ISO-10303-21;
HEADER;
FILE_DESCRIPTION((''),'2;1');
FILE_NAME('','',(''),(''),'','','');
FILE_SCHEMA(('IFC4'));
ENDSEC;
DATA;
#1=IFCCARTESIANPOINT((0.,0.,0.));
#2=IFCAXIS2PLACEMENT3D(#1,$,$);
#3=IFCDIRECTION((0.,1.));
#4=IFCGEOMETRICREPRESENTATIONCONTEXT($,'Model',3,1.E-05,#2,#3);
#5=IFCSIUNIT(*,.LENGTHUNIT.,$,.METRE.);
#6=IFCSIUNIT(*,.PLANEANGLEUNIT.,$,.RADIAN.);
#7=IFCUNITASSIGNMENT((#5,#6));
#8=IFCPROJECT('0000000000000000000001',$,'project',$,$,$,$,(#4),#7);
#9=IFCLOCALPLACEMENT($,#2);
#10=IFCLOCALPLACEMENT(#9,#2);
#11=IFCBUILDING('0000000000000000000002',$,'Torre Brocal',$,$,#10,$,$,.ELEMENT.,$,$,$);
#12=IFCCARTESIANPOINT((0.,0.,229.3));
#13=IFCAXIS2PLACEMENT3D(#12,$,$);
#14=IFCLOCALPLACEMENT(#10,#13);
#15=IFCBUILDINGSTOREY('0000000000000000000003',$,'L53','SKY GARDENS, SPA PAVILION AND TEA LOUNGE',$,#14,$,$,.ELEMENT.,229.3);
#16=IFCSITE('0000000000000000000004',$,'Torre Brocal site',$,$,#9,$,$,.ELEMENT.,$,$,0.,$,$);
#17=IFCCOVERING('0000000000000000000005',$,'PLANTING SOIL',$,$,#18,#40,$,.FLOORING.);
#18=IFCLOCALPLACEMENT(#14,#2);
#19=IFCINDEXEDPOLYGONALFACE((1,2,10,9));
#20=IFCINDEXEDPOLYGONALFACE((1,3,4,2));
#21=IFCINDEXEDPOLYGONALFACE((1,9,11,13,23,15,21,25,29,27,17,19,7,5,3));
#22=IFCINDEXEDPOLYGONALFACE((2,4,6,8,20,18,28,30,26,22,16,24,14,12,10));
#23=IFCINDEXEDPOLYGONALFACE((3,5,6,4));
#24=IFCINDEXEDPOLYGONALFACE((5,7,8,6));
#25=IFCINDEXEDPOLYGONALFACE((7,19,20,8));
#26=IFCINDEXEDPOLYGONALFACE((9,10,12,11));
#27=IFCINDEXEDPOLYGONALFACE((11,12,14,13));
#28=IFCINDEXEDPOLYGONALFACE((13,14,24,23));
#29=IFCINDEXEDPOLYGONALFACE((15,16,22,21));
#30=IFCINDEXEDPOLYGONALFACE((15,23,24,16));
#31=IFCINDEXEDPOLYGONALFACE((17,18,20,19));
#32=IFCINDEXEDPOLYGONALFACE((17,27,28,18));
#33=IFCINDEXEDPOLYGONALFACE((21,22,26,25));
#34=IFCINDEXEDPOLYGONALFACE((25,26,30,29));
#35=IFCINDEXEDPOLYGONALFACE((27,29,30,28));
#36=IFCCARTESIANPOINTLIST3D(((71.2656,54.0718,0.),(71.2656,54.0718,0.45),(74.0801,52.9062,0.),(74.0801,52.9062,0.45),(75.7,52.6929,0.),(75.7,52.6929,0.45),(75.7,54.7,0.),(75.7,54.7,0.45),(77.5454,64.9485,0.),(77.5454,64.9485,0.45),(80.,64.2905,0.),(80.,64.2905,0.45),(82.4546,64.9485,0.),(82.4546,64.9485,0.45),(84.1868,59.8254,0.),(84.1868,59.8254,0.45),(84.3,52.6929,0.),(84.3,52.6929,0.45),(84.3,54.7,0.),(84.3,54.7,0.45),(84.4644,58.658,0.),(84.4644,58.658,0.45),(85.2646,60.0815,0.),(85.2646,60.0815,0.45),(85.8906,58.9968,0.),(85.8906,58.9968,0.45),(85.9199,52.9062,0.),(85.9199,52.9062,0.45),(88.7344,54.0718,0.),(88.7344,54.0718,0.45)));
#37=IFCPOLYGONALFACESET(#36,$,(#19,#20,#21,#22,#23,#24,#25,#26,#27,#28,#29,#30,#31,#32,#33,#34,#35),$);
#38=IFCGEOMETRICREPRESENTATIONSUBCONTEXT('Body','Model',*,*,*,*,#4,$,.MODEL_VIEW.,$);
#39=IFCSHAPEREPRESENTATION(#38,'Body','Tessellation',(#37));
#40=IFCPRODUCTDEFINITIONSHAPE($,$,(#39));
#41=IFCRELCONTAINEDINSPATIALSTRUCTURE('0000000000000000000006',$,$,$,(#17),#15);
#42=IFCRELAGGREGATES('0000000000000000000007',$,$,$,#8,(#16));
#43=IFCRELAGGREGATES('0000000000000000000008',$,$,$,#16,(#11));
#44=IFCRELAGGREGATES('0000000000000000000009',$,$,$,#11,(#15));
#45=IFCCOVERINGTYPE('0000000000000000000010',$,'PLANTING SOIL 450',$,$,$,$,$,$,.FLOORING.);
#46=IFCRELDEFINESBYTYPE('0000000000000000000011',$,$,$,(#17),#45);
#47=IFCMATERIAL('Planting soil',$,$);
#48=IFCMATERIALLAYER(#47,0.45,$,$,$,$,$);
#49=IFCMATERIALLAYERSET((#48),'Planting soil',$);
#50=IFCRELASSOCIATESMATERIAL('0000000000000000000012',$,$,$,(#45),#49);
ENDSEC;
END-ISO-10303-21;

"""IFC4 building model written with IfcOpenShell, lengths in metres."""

from ifc_helpers import new_model, si_unit, direction, frame, origin, place, context, subcontext, project, spatial, polyline, outline, extrude, material, layer, layer_set, type_object, element, save


model = new_model("IFC4")

# Units and contexts
model_context = context("Model", 3, precision=1e-05, world=origin(), true_north=direction((0.0, 1.0)))
body_context = subcontext(model_context, "Body", "Model", "MODEL_VIEW")
ifc_project = project(units=[si_unit("LENGTHUNIT", "METRE"), si_unit("PLANEANGLEUNIT", "RADIAN")], contexts=[model_context])

# Site, building, storey
site_placement = place(None, origin())
site = spatial("IfcSite", under=ifc_project, at=site_placement, Name="Torre Brocal site", CompositionType="ELEMENT", RefElevation=0.0)
building_placement = place(site_placement, origin())
building = spatial("IfcBuilding", under=site, at=building_placement, Name="Torre Brocal", CompositionType="ELEMENT")
storey_placement = place(building_placement, frame((0.0, 0.0, 229.3)))
storey = spatial("IfcBuildingStorey", under=building, at=storey_placement, Name="L53", Description="SKY GARDENS, SPA PAVILION AND TEA LOUNGE", CompositionType="ELEMENT", Elevation=229.3)

# Covering
ifc_material_1 = material(Name="Planting soil")
ifc_layer_1 = layer(ifc_material_1, 0.45)
ifc_layer_set_1 = layer_set([ifc_layer_1], Name="Planting soil")
covering_type = type_object("IfcCoveringType", Name="PLANTING SOIL 450", PredefinedType="FLOORING", material=ifc_layer_set_1)
covering_1_placement = place(storey_placement, origin())
element("IfcCovering", 1, at=covering_1_placement, inside=storey, type_object=covering_type, Name="PLANTING SOIL", PredefinedType="FLOORING", context=body_context, shape_type="SweptSolid", body=[
    extrude(outline(polyline([(74.0801, 52.9062), (71.2656, 54.0718), (77.5454, 64.9485), (80.0, 64.2905), (82.4546, 64.9485), (85.2646, 60.0815), (84.1868, 59.8254), (84.4644, 58.658), (85.8906, 58.9968), (88.7344, 54.0718), (85.9199, 52.9062), (84.3, 52.6929), (84.3, 54.7), (75.7, 54.7), (75.7, 52.6929), (74.0801, 52.9062)])), origin(), (0.0, 0.0, 1.0), 0.45),
])

save(model, "model.ifc")
